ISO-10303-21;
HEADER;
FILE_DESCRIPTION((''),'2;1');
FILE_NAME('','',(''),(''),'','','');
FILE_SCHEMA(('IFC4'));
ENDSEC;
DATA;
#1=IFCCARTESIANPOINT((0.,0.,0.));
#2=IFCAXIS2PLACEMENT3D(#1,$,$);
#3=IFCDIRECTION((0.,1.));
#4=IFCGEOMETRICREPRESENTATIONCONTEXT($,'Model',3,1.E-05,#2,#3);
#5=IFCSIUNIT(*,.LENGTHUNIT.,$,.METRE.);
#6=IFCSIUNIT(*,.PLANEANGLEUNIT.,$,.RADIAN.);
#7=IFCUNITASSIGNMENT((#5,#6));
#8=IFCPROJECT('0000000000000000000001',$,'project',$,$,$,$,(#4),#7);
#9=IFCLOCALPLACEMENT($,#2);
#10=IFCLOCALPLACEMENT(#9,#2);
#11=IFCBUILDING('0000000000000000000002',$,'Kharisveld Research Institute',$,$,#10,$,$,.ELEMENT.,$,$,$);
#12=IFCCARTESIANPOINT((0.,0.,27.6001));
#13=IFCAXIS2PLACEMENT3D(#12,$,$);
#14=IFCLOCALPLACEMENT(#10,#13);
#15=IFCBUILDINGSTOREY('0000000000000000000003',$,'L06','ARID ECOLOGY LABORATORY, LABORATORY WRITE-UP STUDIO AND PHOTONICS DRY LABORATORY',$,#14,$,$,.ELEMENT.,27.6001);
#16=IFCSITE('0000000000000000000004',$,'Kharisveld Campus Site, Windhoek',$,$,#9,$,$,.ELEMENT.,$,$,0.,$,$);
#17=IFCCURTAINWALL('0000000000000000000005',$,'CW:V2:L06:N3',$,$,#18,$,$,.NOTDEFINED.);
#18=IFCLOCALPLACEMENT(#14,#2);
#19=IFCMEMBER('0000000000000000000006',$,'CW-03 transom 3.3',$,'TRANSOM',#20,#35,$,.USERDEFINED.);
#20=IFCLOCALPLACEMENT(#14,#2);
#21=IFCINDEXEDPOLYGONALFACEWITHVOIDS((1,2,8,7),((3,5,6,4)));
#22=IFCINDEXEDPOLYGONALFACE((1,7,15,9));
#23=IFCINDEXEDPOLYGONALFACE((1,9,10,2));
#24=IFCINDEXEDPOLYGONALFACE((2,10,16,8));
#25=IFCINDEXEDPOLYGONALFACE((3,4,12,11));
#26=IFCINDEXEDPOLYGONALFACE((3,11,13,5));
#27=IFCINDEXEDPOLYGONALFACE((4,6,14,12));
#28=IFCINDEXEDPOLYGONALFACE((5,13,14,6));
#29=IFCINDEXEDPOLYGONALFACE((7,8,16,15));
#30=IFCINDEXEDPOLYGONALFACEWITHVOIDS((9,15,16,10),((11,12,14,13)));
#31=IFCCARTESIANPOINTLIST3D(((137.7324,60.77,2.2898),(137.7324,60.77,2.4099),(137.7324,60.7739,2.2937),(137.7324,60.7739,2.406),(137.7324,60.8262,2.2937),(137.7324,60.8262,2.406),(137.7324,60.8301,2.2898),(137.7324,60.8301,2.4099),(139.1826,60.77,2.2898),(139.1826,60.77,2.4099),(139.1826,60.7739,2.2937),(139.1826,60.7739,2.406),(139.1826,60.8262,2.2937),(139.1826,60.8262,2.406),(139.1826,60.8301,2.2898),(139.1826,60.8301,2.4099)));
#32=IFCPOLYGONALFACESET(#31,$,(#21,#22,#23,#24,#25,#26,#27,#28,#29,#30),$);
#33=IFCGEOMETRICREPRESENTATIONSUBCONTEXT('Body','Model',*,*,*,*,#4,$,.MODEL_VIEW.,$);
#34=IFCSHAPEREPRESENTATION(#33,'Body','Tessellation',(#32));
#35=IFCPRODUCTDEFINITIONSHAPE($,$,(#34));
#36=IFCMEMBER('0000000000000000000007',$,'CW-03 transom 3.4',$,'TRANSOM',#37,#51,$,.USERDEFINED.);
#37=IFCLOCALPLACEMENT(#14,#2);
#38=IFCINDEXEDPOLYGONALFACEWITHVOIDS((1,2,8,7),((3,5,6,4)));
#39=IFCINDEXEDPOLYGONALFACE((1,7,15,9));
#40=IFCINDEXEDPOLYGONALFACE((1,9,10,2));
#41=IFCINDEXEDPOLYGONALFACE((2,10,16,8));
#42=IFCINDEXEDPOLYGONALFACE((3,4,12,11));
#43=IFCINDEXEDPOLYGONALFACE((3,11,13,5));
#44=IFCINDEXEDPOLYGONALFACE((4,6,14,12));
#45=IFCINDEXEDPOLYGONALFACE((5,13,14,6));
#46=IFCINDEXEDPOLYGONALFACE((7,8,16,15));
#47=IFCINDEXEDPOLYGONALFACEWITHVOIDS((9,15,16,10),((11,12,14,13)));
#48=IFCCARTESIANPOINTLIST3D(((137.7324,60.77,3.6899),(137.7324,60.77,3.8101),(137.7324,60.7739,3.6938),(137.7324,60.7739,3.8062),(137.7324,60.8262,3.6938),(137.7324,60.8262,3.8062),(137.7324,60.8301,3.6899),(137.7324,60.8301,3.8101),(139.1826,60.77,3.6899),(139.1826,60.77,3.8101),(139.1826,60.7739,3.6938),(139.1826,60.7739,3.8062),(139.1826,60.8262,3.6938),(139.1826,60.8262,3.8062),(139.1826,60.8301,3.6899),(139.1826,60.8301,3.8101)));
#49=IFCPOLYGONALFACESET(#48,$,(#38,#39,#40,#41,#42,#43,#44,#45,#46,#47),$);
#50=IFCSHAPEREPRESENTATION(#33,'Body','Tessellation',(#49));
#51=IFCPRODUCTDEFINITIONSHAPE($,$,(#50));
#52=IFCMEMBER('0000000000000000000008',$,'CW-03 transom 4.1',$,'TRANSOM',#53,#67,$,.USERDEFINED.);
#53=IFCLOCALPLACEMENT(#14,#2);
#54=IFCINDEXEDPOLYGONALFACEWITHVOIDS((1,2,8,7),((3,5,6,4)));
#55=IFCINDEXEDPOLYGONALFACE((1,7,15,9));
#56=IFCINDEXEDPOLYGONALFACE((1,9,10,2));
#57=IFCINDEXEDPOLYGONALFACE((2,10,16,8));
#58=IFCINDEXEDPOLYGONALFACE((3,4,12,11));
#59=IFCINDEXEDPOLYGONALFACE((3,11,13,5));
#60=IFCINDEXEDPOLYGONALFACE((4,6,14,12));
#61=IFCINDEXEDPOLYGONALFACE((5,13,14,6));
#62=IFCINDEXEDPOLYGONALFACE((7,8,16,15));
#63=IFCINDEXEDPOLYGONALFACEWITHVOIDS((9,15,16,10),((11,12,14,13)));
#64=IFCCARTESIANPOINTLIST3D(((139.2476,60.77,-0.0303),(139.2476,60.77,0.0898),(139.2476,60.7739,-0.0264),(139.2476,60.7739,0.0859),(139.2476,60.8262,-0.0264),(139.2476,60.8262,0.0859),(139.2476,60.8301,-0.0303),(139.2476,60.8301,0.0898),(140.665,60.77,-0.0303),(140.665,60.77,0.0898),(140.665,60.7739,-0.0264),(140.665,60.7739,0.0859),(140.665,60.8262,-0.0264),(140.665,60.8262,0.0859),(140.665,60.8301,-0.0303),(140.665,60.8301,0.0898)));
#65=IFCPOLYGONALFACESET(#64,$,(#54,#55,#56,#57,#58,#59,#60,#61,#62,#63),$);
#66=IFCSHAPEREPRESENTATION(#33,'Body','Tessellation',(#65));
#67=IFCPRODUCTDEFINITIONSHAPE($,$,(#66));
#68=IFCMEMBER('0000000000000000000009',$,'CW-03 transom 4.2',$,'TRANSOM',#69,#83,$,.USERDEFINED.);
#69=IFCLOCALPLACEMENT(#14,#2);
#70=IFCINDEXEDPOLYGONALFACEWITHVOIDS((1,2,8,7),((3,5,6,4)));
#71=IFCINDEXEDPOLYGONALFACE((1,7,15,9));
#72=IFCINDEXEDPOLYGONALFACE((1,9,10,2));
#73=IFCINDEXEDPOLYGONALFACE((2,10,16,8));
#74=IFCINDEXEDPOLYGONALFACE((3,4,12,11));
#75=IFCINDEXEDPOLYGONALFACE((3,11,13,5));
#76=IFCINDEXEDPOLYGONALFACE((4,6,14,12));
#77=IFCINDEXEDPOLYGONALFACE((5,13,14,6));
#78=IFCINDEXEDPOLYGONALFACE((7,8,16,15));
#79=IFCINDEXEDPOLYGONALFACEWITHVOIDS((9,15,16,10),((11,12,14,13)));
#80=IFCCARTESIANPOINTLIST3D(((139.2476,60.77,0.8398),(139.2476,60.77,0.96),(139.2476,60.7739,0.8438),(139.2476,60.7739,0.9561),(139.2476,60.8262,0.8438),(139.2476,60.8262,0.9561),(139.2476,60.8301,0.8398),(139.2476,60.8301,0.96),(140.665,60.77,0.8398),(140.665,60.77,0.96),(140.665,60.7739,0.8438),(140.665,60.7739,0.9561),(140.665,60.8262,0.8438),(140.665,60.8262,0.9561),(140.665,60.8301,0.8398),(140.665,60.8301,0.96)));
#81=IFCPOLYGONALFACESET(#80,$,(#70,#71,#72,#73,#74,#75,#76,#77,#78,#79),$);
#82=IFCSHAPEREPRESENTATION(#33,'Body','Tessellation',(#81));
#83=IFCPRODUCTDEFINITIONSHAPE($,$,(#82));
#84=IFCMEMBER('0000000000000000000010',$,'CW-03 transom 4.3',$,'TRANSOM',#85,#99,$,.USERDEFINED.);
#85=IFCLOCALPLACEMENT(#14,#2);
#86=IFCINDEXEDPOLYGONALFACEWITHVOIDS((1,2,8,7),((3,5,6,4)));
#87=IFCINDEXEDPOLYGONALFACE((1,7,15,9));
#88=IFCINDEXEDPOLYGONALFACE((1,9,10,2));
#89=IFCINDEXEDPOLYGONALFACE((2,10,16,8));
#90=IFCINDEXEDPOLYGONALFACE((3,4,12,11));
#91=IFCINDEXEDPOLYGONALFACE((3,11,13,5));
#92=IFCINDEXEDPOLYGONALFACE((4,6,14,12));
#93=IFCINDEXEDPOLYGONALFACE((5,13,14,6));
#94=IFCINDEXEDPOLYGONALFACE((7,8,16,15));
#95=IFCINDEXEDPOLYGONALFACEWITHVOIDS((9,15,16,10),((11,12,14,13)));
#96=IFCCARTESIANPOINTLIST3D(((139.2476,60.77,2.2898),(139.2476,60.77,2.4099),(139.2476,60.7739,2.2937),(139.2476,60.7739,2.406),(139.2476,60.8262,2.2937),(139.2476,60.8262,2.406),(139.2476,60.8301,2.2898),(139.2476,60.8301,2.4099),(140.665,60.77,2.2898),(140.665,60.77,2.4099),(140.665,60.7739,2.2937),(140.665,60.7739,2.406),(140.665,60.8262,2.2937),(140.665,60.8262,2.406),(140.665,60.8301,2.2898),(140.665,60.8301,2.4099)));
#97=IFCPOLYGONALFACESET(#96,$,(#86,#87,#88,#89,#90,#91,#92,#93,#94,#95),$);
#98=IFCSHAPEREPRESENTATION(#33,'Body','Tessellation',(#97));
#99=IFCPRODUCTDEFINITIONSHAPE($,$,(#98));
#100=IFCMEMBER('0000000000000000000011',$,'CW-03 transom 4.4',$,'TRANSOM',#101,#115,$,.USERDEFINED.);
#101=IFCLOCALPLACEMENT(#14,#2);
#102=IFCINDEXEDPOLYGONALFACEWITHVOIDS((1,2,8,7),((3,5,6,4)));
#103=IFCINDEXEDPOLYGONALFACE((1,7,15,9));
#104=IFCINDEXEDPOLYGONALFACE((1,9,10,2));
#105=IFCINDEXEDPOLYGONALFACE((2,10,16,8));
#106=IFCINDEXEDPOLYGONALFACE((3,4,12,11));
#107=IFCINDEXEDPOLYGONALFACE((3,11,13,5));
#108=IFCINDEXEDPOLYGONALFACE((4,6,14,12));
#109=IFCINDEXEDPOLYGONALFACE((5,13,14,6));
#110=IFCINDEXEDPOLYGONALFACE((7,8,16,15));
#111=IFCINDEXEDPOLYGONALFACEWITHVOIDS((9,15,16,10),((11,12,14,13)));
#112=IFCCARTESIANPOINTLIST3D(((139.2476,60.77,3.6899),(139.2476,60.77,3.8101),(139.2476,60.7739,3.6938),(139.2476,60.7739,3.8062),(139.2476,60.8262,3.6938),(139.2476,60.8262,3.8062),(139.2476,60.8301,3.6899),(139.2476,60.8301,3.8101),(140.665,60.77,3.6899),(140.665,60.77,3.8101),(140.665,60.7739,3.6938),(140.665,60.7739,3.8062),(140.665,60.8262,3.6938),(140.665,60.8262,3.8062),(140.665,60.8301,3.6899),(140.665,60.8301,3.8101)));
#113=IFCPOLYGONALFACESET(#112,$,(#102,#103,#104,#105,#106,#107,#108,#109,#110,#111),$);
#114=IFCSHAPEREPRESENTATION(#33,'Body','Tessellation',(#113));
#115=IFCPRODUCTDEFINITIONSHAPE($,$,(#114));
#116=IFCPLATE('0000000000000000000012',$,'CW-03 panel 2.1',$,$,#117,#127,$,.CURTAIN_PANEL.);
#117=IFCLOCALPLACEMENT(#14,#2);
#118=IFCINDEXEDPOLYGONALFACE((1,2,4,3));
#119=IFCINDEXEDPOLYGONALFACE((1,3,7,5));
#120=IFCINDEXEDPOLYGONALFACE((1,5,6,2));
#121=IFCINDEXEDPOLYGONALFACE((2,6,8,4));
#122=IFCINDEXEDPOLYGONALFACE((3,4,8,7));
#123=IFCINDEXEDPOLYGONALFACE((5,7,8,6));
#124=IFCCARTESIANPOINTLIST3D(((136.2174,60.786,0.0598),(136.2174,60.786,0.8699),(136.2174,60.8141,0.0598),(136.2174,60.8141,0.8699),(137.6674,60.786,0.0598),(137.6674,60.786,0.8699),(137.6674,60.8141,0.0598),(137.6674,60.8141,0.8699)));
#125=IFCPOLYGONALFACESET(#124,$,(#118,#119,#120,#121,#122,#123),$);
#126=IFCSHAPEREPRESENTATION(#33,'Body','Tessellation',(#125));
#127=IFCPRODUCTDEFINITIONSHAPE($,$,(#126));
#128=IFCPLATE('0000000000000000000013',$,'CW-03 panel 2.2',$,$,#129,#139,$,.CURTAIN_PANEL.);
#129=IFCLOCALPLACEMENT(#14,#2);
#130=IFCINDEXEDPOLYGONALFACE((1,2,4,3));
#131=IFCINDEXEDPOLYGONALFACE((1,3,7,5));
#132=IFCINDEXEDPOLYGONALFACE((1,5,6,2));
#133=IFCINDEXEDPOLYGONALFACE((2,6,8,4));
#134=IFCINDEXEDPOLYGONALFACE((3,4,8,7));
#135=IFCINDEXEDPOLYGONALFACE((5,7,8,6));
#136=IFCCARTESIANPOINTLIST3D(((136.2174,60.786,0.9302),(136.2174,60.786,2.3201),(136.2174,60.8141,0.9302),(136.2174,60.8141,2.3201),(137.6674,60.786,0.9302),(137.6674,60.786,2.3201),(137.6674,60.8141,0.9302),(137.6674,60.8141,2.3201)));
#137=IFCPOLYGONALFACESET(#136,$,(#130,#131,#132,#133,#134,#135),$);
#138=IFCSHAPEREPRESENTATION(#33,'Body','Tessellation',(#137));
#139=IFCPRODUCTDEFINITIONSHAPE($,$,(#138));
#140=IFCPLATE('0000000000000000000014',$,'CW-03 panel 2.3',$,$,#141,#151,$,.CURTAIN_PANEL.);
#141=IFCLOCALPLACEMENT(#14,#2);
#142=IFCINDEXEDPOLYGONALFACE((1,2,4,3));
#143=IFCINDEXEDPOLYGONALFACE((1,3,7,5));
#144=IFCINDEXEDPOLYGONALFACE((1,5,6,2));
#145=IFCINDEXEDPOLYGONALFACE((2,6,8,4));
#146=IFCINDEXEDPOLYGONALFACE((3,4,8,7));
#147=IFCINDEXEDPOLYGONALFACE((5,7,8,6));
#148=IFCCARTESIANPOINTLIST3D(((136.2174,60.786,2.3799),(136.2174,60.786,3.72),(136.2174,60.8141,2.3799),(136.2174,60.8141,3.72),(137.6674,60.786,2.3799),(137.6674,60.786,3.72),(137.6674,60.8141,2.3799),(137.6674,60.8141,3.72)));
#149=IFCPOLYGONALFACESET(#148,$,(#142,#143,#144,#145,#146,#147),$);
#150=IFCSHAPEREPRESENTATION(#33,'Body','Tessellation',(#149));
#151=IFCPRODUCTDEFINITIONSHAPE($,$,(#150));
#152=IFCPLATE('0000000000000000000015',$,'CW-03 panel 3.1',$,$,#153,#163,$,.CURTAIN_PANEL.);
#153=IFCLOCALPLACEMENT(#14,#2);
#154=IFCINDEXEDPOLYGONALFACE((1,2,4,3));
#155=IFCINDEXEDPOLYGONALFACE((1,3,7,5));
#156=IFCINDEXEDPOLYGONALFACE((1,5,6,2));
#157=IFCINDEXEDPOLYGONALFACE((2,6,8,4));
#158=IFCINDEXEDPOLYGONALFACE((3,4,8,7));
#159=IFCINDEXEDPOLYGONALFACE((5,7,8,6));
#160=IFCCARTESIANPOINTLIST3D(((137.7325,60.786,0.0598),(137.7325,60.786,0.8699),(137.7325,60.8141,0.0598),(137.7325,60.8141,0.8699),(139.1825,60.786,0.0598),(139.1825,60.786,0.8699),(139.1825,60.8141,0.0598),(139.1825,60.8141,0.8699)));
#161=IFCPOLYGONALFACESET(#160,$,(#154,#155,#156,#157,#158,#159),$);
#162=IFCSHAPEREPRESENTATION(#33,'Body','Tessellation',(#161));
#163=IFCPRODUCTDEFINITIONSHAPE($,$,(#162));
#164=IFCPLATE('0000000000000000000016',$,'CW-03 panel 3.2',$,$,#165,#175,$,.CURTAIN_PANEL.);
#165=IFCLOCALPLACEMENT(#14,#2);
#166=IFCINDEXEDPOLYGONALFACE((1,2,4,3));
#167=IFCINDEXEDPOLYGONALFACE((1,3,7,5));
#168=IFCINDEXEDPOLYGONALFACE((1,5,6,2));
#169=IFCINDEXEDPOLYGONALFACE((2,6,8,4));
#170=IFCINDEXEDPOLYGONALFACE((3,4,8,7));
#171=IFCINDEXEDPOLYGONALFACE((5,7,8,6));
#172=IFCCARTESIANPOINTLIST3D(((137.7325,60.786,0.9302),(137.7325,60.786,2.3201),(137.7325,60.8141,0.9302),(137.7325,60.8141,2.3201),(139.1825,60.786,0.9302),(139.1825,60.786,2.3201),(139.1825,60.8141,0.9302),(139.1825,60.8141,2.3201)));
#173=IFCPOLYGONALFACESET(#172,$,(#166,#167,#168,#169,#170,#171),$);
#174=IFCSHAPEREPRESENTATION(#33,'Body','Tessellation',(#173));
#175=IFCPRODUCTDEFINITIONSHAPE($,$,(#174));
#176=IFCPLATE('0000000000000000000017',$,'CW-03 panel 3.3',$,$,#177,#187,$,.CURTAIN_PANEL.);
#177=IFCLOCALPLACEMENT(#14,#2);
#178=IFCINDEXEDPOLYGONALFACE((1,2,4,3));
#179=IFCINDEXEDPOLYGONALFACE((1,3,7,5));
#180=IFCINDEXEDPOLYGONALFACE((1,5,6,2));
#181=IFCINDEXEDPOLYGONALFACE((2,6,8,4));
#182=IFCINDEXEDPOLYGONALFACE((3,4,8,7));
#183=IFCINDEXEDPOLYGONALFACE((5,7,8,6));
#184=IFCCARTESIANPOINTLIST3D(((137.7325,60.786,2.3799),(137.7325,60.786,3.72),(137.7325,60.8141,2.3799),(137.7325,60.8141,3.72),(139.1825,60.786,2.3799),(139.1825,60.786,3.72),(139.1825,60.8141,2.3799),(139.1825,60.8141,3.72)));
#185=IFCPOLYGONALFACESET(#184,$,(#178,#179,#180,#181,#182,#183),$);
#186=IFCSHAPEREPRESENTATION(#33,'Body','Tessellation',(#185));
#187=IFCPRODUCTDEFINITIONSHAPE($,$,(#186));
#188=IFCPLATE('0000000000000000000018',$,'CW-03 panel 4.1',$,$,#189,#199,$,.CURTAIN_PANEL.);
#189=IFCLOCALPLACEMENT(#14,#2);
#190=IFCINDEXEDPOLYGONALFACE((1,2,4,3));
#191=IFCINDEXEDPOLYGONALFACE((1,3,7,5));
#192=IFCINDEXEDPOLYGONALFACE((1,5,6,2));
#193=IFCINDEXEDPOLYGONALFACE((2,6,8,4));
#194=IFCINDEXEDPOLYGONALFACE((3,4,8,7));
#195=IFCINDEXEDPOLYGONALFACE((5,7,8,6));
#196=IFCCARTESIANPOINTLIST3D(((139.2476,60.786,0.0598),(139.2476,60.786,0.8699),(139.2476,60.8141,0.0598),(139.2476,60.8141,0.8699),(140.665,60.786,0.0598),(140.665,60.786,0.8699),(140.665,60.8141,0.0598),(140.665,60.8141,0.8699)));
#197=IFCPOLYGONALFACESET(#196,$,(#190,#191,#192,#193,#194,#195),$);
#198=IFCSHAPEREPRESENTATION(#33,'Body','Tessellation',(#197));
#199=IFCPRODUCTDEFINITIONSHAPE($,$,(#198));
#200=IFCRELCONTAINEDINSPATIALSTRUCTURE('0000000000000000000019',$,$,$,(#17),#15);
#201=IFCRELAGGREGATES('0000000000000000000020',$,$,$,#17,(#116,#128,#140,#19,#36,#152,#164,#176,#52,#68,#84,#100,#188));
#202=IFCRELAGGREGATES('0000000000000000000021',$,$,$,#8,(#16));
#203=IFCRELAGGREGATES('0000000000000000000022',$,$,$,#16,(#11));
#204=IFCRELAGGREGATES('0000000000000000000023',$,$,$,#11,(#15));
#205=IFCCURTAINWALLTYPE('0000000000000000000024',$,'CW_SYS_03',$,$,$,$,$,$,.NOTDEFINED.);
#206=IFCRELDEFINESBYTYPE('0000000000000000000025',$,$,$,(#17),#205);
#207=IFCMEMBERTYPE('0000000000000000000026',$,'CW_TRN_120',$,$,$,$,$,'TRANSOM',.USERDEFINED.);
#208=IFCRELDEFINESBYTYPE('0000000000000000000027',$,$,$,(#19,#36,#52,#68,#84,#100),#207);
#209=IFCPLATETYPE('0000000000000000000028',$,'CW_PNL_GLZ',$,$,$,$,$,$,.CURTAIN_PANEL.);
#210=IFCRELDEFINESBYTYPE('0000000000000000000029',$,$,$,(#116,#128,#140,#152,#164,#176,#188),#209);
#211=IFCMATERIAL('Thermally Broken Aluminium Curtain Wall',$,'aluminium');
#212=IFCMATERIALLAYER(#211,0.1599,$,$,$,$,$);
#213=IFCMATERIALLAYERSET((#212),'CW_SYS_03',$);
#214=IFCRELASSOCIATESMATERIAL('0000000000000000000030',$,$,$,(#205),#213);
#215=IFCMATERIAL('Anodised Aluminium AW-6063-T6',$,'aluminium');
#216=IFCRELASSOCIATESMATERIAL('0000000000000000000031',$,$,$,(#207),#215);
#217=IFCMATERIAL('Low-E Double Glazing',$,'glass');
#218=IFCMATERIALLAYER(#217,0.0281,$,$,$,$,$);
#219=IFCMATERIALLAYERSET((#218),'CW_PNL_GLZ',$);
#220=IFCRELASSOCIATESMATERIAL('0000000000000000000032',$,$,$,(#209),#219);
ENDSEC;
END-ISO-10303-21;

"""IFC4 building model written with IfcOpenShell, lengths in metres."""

from ifc_helpers import new_model, si_unit, direction, frame, origin, origin_2d, place, context, subcontext, project, spatial, rectangle, hollow_rectangle, extrude, material, layer, layer_set, material_profile, profile_set, type_object, element, aggregate, save


model = new_model("IFC4")

# Units and contexts
model_context = context("Model", 3, precision=1e-05, world=origin(), true_north=direction((0.0, 1.0)))
body_context = subcontext(model_context, "Body", "Model", "MODEL_VIEW")
ifc_project = project(units=[si_unit("LENGTHUNIT", "METRE"), si_unit("PLANEANGLEUNIT", "RADIAN")], contexts=[model_context])

# Site, building, storey
site_placement = place(None, origin())
site = spatial("IfcSite", under=ifc_project, at=site_placement, Name="Kharisveld Campus Site, Windhoek", CompositionType="ELEMENT", RefElevation=0.0)
building_placement = place(site_placement, origin())
building = spatial("IfcBuilding", under=site, at=building_placement, Name="Kharisveld Research Institute", CompositionType="ELEMENT")
storey_placement = place(building_placement, frame((0.0, 0.0, 27.6001)))
storey = spatial("IfcBuildingStorey", under=building, at=storey_placement, Name="L06", Description="ARID ECOLOGY LABORATORY, LABORATORY WRITE-UP STUDIO AND PHOTONICS DRY LABORATORY", CompositionType="ELEMENT", Elevation=27.6001)

# Curtain wall, members, plates
ifc_material_1 = material(Name="Thermally Broken Aluminium Curtain Wall", Category="aluminium")
ifc_layer_1 = layer(ifc_material_1, 0.1599)
ifc_layer_set_1 = layer_set([ifc_layer_1], Name="CW_SYS_03")
curtain_wall_type = type_object("IfcCurtainWallType", Name="CW_SYS_03", PredefinedType="NOTDEFINED", material=ifc_layer_set_1)
curtain_wall_placement = place(storey_placement, origin())
curtain_wall = element("IfcCurtainWall", 1, at=curtain_wall_placement, inside=storey, type_object=curtain_wall_type, Name="CW:V2:L06:N3", PredefinedType="NOTDEFINED")
ifc_material_2 = material(Name="Anodised Aluminium AW-6063-T6", Category="aluminium")
ifc_material_profile_1 = material_profile(ifc_material_2, hollow_rectangle(XDim=0.0601, YDim=0.1201, WallThickness=0.0039, at=origin_2d()))
ifc_profile_set_1 = profile_set([ifc_material_profile_1], Name="Anodised Aluminium AW-6063-T6")
member_type_1 = type_object("IfcMemberType", Name="CW_TRN_120", ElementType="TRANSOM", PredefinedType="USERDEFINED", material=ifc_profile_set_1)
member_1_placement = place(storey_placement, frame((137.7324, 60.8, 2.3499), z_axis=(1.0, 0.0, 0.0), x_axis=(0.0, 1.0, 0.0)))
member_1 = element("IfcMember", 2, at=member_1_placement, type_object=member_type_1, Name="CW-03 transom 3.3", ObjectType="TRANSOM", PredefinedType="USERDEFINED", context=body_context, shape_type="SweptSolid", body=[
    extrude(hollow_rectangle(XDim=0.0601, YDim=0.1201, WallThickness=0.0039, at=origin_2d()), origin(), (0.0, 0.0, 1.0), 1.4502),
])
member_2_placement = place(storey_placement, frame((137.7324, 60.8, 3.75), z_axis=(1.0, 0.0, 0.0), x_axis=(0.0, 1.0, 0.0)))
member_2 = element("IfcMember", 3, at=member_2_placement, type_object=member_type_1, Name="CW-03 transom 3.4", ObjectType="TRANSOM", PredefinedType="USERDEFINED", context=body_context, shape_type="SweptSolid", body=[
    extrude(hollow_rectangle(XDim=0.0601, YDim=0.1201, WallThickness=0.0039, at=origin_2d()), origin(), (0.0, 0.0, 1.0), 1.4502),
])
member_3_placement = place(storey_placement, frame((139.2476, 60.8, 0.0298), z_axis=(1.0, 0.0, 0.0), x_axis=(0.0, 1.0, 0.0)))
member_3 = element("IfcMember", 4, at=member_3_placement, type_object=member_type_1, Name="CW-03 transom 4.1", ObjectType="TRANSOM", PredefinedType="USERDEFINED", context=body_context, shape_type="SweptSolid", body=[
    extrude(hollow_rectangle(XDim=0.0601, YDim=0.1201, WallThickness=0.0039, at=origin_2d()), origin(), (0.0, 0.0, 1.0), 1.4175),
])
member_4_placement = place(storey_placement, frame((139.2476, 60.8, 0.8999), z_axis=(1.0, 0.0, 0.0), x_axis=(0.0, 1.0, 0.0)))
member_4 = element("IfcMember", 5, at=member_4_placement, type_object=member_type_1, Name="CW-03 transom 4.2", ObjectType="TRANSOM", PredefinedType="USERDEFINED", context=body_context, shape_type="SweptSolid", body=[
    extrude(hollow_rectangle(XDim=0.0601, YDim=0.1201, WallThickness=0.0039, at=origin_2d()), origin(), (0.0, 0.0, 1.0), 1.4175),
])
member_5_placement = place(storey_placement, frame((139.2476, 60.8, 2.3499), z_axis=(1.0, 0.0, 0.0), x_axis=(0.0, 1.0, 0.0)))
member_5 = element("IfcMember", 6, at=member_5_placement, type_object=member_type_1, Name="CW-03 transom 4.3", ObjectType="TRANSOM", PredefinedType="USERDEFINED", context=body_context, shape_type="SweptSolid", body=[
    extrude(hollow_rectangle(XDim=0.0601, YDim=0.1201, WallThickness=0.0039, at=origin_2d()), origin(), (0.0, 0.0, 1.0), 1.4175),
])
member_6_placement = place(storey_placement, frame((139.2476, 60.8, 3.75), z_axis=(1.0, 0.0, 0.0), x_axis=(0.0, 1.0, 0.0)))
member_6 = element("IfcMember", 7, at=member_6_placement, type_object=member_type_1, Name="CW-03 transom 4.4", ObjectType="TRANSOM", PredefinedType="USERDEFINED", context=body_context, shape_type="SweptSolid", body=[
    extrude(hollow_rectangle(XDim=0.0601, YDim=0.1201, WallThickness=0.0039, at=origin_2d()), origin(), (0.0, 0.0, 1.0), 1.4175),
])
ifc_material_3 = material(Name="Low-E Double Glazing", Category="glass")
ifc_layer_2 = layer(ifc_material_3, 0.0281)
ifc_layer_set_2 = layer_set([ifc_layer_2], Name="CW_PNL_GLZ")
plate_type = type_object("IfcPlateType", Name="CW_PNL_GLZ", PredefinedType="CURTAIN_PANEL", material=ifc_layer_set_2)
plate_1_placement = place(storey_placement, frame((136.9424, 60.8, 0.0598), z_axis=(0.0, 0.0, 1.0), x_axis=(1.0, 0.0, 0.0)))
plate_1 = element("IfcPlate", 8, at=plate_1_placement, type_object=plate_type, Name="CW-03 panel 2.1", PredefinedType="CURTAIN_PANEL", context=body_context, shape_type="SweptSolid", body=[
    extrude(rectangle(XDim=1.45, YDim=0.0281, at=origin_2d()), origin(), (0.0, 0.0, 1.0), 0.8101),
])
plate_2_placement = place(storey_placement, frame((136.9424, 60.8, 0.9302), z_axis=(0.0, 0.0, 1.0), x_axis=(1.0, 0.0, 0.0)))
plate_2 = element("IfcPlate", 9, at=plate_2_placement, type_object=plate_type, Name="CW-03 panel 2.2", PredefinedType="CURTAIN_PANEL", context=body_context, shape_type="SweptSolid", body=[
    extrude(rectangle(XDim=1.45, YDim=0.0281, at=origin_2d()), origin(), (0.0, 0.0, 1.0), 1.3899),
])
plate_3_placement = place(storey_placement, frame((136.9424, 60.8, 2.3799), z_axis=(0.0, 0.0, 1.0), x_axis=(1.0, 0.0, 0.0)))
plate_3 = element("IfcPlate", 10, at=plate_3_placement, type_object=plate_type, Name="CW-03 panel 2.3", PredefinedType="CURTAIN_PANEL", context=body_context, shape_type="SweptSolid", body=[
    extrude(rectangle(XDim=1.45, YDim=0.0281, at=origin_2d()), origin(), (0.0, 0.0, 1.0), 1.3401),
])
plate_4_placement = place(storey_placement, frame((138.4575, 60.8, 0.0598), z_axis=(0.0, 0.0, 1.0), x_axis=(1.0, 0.0, 0.0)))
plate_4 = element("IfcPlate", 11, at=plate_4_placement, type_object=plate_type, Name="CW-03 panel 3.1", PredefinedType="CURTAIN_PANEL", context=body_context, shape_type="SweptSolid", body=[
    extrude(rectangle(XDim=1.45, YDim=0.0281, at=origin_2d()), origin(), (0.0, 0.0, 1.0), 0.8101),
])
plate_5_placement = place(storey_placement, frame((138.4575, 60.8, 0.9302), z_axis=(0.0, 0.0, 1.0), x_axis=(1.0, 0.0, 0.0)))
plate_5 = element("IfcPlate", 12, at=plate_5_placement, type_object=plate_type, Name="CW-03 panel 3.2", PredefinedType="CURTAIN_PANEL", context=body_context, shape_type="SweptSolid", body=[
    extrude(rectangle(XDim=1.45, YDim=0.0281, at=origin_2d()), origin(), (0.0, 0.0, 1.0), 1.3899),
])
plate_6_placement = place(storey_placement, frame((138.4575, 60.8, 2.3799), z_axis=(0.0, 0.0, 1.0), x_axis=(1.0, 0.0, 0.0)))
plate_6 = element("IfcPlate", 13, at=plate_6_placement, type_object=plate_type, Name="CW-03 panel 3.3", PredefinedType="CURTAIN_PANEL", context=body_context, shape_type="SweptSolid", body=[
    extrude(rectangle(XDim=1.45, YDim=0.0281, at=origin_2d()), origin(), (0.0, 0.0, 1.0), 1.3401),
])
plate_7_placement = place(storey_placement, frame((139.9563, 60.8, 0.0598), z_axis=(0.0, 0.0, 1.0), x_axis=(1.0, 0.0, 0.0)))
plate_7 = element("IfcPlate", 14, at=plate_7_placement, type_object=plate_type, Name="CW-03 panel 4.1", PredefinedType="CURTAIN_PANEL", context=body_context, shape_type="SweptSolid", body=[
    extrude(rectangle(XDim=1.4175, YDim=0.0281, at=origin_2d()), origin(), (0.0, 0.0, 1.0), 0.8101),
])
aggregate(curtain_wall, [plate_1, plate_2, plate_3, member_1, member_2, plate_4, plate_5, plate_6, member_3, member_4, member_5, member_6, plate_7])

save(model, "model.ifc")
